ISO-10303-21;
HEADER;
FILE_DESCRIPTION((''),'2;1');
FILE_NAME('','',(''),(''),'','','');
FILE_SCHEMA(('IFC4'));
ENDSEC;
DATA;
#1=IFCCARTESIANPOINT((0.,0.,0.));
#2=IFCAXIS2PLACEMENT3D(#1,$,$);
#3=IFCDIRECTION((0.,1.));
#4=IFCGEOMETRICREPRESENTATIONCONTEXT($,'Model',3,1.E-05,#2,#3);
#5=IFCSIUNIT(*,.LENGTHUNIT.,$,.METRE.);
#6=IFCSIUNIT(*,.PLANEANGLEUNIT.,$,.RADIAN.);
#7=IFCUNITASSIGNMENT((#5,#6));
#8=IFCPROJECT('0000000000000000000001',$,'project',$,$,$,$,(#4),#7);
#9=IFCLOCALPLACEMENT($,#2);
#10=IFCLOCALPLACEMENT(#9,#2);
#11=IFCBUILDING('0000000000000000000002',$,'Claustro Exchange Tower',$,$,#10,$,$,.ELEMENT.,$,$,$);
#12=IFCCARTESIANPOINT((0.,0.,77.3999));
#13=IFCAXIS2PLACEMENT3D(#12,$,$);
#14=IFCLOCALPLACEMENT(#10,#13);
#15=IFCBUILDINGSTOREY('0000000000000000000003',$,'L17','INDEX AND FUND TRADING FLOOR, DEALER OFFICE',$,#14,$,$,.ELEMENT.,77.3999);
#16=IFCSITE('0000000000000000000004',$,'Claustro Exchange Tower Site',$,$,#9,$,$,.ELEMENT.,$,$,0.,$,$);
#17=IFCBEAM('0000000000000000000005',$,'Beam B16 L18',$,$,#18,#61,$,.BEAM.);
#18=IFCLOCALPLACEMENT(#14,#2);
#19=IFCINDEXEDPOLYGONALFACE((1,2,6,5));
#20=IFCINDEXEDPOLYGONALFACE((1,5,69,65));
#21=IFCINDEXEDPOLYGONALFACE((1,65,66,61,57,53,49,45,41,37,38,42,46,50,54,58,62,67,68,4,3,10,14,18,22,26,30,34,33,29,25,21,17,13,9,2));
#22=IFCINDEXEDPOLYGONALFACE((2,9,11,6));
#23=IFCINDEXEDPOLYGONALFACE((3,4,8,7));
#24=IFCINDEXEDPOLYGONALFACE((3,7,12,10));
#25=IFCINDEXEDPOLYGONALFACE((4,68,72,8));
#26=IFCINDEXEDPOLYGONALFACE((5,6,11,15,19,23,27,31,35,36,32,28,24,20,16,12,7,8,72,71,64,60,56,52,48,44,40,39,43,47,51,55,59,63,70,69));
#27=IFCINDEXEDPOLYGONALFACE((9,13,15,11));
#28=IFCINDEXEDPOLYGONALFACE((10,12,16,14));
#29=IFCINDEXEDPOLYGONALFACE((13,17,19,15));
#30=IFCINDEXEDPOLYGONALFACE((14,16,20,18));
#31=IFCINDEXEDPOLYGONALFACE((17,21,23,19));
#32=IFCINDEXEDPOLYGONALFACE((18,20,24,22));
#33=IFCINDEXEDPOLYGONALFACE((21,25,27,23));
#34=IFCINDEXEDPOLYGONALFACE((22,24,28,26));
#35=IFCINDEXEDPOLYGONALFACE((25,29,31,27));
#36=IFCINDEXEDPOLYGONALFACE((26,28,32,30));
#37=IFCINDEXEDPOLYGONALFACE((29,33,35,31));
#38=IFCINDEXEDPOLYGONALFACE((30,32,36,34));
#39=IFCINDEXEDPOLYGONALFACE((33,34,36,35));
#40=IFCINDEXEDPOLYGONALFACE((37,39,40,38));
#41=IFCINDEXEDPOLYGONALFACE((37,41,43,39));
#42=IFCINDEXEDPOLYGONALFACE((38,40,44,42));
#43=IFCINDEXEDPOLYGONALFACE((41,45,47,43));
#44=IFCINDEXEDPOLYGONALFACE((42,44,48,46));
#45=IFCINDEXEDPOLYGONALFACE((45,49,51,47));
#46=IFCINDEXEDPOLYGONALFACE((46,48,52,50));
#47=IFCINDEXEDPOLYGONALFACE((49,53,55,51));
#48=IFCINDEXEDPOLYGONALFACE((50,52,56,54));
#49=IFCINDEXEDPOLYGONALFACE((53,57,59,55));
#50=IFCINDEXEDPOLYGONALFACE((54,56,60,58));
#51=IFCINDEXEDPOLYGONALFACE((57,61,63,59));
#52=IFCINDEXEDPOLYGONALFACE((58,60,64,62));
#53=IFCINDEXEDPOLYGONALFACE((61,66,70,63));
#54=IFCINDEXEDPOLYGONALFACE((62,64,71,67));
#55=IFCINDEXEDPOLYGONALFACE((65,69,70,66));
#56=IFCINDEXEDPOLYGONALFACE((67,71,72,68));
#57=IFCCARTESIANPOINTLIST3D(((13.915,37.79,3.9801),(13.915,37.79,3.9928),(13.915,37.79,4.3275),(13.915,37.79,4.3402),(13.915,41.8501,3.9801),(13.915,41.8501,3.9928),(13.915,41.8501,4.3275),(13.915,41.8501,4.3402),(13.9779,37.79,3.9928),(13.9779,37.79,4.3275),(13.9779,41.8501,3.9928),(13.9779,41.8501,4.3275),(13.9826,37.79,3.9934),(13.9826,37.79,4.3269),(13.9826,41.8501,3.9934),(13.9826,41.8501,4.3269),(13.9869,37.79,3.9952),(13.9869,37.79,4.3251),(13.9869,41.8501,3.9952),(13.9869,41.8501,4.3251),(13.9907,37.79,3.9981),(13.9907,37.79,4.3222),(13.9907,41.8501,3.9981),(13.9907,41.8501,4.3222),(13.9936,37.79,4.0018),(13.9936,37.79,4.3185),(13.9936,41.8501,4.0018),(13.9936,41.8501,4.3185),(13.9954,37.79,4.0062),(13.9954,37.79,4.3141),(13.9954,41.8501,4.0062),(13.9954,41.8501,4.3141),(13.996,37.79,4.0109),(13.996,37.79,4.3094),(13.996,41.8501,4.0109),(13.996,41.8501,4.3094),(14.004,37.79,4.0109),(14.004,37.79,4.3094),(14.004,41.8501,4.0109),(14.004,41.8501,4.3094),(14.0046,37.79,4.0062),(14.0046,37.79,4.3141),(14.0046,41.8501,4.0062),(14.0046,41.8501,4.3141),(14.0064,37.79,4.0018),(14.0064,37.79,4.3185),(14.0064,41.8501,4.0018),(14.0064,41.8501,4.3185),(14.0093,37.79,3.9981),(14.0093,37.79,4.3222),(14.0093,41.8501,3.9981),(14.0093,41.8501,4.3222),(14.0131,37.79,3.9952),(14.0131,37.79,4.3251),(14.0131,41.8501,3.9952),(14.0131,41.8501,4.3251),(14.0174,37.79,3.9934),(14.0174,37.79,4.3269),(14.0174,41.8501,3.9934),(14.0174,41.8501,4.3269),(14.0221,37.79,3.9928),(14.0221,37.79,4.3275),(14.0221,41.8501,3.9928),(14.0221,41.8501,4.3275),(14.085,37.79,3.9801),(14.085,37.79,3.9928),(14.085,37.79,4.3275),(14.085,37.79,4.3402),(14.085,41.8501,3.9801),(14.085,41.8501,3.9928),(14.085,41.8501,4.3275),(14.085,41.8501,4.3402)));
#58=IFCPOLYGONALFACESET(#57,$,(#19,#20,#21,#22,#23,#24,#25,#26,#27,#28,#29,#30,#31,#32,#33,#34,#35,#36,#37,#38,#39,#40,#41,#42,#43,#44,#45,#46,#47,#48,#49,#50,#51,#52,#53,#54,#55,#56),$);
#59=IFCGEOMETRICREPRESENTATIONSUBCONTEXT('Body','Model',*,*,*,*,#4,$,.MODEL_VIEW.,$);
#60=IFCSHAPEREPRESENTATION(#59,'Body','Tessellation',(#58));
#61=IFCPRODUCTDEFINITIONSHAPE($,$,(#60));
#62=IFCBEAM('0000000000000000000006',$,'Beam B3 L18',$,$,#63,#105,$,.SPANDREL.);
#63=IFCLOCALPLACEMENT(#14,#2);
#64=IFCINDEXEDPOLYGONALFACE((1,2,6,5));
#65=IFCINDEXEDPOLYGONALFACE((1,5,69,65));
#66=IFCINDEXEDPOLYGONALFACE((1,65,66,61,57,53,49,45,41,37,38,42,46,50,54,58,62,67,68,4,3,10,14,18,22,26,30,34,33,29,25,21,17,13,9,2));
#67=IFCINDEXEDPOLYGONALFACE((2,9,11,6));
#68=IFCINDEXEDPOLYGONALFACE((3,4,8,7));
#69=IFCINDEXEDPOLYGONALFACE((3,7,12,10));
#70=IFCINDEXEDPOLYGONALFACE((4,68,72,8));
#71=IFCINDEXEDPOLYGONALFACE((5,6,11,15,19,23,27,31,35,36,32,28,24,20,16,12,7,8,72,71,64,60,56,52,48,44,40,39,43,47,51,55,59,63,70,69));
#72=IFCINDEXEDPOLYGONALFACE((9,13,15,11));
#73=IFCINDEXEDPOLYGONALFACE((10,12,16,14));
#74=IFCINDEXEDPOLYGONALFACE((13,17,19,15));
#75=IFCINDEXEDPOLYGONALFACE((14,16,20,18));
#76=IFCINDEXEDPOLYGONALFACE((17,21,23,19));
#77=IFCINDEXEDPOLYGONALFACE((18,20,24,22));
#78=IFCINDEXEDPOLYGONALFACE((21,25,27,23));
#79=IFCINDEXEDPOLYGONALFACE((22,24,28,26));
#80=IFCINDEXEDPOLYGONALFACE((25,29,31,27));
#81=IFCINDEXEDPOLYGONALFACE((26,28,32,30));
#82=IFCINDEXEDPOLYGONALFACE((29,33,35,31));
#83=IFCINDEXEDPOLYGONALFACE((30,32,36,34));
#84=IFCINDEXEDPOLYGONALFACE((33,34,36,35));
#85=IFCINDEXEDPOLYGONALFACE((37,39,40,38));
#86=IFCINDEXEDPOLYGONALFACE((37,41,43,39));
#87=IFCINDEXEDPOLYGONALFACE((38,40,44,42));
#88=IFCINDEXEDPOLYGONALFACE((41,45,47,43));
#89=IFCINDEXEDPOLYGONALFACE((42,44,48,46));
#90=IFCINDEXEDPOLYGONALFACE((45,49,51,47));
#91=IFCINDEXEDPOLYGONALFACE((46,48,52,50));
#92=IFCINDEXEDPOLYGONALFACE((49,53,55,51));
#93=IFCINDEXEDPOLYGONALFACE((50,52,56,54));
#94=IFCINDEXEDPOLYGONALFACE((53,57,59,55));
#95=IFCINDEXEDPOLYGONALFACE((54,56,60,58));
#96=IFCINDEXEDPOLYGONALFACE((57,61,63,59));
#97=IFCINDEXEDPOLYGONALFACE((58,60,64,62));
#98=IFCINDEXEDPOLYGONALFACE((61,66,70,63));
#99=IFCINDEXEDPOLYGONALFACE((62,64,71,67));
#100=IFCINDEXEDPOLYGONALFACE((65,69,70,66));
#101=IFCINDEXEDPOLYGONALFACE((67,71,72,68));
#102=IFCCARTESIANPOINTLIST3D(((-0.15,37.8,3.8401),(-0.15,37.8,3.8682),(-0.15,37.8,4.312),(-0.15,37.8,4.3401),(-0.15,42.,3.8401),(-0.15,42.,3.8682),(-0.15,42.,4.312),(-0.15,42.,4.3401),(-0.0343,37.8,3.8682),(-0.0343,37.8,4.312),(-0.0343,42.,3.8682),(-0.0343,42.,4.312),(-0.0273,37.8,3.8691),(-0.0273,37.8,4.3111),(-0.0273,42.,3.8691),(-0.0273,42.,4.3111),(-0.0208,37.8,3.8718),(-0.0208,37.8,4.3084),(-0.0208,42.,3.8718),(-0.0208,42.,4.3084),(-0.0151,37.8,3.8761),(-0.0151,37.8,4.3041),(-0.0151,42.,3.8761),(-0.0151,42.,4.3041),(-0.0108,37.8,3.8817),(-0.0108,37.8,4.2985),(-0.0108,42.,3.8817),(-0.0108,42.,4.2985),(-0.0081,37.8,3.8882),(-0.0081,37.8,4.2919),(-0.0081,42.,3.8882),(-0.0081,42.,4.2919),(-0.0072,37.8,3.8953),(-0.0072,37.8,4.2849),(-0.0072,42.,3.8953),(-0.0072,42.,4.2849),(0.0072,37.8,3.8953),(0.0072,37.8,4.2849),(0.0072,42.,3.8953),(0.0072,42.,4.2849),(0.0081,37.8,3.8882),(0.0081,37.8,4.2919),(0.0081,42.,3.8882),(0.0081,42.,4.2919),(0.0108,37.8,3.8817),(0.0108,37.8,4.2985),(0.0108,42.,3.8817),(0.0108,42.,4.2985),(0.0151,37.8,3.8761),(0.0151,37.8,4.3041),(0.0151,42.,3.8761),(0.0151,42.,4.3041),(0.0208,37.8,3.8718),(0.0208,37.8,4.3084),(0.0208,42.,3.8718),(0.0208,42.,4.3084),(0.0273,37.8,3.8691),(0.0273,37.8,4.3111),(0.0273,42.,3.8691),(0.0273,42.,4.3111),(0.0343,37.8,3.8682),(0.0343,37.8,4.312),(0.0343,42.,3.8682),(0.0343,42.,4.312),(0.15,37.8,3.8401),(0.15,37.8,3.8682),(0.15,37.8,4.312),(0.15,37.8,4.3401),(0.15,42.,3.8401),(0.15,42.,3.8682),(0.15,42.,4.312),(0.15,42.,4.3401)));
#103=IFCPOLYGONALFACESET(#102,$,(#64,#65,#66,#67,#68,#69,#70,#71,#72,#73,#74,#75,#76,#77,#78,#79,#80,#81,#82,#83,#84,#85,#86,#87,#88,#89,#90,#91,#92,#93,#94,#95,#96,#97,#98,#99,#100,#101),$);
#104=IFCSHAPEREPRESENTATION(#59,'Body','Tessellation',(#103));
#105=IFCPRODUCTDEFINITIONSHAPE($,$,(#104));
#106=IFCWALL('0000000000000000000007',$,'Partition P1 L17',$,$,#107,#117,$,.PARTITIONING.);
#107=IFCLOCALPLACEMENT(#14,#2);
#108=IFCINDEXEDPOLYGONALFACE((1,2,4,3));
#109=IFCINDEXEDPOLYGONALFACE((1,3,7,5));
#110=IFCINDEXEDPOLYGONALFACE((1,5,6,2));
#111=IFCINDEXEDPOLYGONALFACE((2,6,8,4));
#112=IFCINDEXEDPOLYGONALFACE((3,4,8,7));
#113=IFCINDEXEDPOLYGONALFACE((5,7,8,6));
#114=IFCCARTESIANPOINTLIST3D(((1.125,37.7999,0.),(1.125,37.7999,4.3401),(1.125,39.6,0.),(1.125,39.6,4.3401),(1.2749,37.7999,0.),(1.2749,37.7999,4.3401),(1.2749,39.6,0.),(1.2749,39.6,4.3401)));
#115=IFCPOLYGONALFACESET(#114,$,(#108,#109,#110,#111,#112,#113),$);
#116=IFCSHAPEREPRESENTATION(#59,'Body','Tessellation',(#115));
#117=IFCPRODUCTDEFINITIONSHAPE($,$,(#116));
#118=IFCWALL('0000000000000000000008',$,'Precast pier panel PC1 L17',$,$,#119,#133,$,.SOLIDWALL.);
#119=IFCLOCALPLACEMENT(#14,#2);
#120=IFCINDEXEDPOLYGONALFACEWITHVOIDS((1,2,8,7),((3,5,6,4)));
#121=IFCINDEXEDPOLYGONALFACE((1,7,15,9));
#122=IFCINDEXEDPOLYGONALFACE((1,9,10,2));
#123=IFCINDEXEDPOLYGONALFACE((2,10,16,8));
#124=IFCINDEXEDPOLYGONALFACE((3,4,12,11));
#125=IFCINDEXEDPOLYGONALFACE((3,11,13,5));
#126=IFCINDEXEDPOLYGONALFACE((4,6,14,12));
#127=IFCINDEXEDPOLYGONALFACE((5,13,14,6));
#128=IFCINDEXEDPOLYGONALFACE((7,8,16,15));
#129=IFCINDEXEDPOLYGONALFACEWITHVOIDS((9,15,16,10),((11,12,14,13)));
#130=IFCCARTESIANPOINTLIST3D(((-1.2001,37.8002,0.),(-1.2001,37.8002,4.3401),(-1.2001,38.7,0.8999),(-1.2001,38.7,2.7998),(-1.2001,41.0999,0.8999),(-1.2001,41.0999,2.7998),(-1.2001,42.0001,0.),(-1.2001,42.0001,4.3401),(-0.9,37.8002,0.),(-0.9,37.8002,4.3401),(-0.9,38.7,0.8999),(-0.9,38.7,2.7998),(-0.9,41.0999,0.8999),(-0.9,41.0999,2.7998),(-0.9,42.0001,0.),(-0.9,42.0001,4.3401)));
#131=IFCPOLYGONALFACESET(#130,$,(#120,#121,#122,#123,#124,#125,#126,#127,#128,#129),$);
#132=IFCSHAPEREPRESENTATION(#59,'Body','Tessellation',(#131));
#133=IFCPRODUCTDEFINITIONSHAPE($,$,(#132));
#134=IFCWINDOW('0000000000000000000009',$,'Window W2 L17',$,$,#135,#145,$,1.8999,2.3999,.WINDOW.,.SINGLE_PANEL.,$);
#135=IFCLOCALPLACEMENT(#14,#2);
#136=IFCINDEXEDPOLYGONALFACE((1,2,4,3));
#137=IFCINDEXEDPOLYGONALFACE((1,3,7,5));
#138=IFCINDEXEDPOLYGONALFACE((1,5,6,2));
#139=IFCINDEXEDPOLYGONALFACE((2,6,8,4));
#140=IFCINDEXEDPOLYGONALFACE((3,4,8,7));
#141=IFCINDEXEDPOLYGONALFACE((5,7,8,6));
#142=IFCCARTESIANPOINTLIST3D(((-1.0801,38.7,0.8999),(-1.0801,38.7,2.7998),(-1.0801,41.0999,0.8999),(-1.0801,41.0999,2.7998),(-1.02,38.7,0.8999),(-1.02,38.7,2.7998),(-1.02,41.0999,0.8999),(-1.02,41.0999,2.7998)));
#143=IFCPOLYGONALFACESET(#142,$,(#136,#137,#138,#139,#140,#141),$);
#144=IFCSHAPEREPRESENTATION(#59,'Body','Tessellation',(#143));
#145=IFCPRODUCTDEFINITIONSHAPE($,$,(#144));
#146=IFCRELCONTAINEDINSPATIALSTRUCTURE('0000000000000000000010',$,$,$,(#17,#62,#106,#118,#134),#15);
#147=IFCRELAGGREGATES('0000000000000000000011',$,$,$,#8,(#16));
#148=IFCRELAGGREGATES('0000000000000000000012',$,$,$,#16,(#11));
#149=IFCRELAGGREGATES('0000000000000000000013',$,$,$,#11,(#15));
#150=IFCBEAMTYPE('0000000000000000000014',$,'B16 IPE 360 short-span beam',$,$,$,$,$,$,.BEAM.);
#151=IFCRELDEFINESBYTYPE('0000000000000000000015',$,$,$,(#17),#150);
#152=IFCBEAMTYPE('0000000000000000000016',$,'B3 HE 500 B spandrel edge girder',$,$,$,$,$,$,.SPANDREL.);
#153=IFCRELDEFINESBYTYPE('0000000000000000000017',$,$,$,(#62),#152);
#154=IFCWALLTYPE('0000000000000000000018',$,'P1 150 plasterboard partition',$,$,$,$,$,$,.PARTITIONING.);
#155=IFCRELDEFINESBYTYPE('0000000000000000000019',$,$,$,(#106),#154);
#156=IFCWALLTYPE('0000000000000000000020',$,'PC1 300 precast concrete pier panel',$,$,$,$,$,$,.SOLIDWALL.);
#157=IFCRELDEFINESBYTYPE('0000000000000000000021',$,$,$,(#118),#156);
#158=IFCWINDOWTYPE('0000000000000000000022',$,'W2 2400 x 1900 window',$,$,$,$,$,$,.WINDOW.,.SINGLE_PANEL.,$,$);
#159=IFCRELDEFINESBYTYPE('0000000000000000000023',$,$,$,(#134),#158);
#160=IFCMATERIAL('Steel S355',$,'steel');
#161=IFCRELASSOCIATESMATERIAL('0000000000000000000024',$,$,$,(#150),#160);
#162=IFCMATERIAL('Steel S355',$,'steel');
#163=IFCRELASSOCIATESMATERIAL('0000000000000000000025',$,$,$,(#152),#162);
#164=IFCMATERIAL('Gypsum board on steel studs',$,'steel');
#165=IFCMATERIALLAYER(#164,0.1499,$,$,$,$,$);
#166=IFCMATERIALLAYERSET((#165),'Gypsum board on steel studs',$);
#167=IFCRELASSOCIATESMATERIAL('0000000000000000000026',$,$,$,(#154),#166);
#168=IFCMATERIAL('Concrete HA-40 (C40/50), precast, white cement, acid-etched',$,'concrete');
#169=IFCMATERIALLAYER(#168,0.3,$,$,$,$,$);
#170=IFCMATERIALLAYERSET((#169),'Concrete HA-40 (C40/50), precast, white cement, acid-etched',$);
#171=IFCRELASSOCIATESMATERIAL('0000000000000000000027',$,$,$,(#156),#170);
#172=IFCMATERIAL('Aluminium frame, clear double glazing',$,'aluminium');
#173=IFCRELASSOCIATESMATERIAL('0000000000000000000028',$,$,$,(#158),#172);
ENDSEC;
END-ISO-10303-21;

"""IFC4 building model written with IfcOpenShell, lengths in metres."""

from ifc_helpers import new_model, si_unit, direction, frame, frame_2d, origin, origin_2d, place, context, subcontext, project, spatial, rectangle, i_section, extrude, material, layer, layer_set, material_profile, profile_set, type_object, element, fill, save


model = new_model("IFC4")

# Units and contexts
model_context = context("Model", 3, precision=1e-05, world=origin(), true_north=direction((0.0, 1.0)))
body_context = subcontext(model_context, "Body", "Model", "MODEL_VIEW")
ifc_project = project(units=[si_unit("LENGTHUNIT", "METRE"), si_unit("PLANEANGLEUNIT", "RADIAN")], contexts=[model_context])

# Site, building, storey
site_placement = place(None, origin())
site = spatial("IfcSite", under=ifc_project, at=site_placement, Name="Claustro Exchange Tower Site", CompositionType="ELEMENT", RefElevation=0.0)
building_placement = place(site_placement, origin())
building = spatial("IfcBuilding", under=site, at=building_placement, Name="Claustro Exchange Tower", CompositionType="ELEMENT")
storey_placement = place(building_placement, frame((0.0, 0.0, 77.3999)))
storey = spatial("IfcBuildingStorey", under=building, at=storey_placement, Name="L17", Description="INDEX AND FUND TRADING FLOOR, DEALER OFFICE", CompositionType="ELEMENT", Elevation=77.3999)

# Beams
ifc_material_1 = material(Name="Steel S355", Category="steel")
ifc_material_profile_1 = material_profile(ifc_material_1, i_section(OverallWidth=0.1699, OverallDepth=0.3601, WebThickness=0.0081, FlangeThickness=0.0127, FilletRadius=0.0181, at=origin_2d()), Name="IPE 360")
ifc_profile_set_1 = profile_set([ifc_material_profile_1], Name="Steel S355")
beam_type_1 = type_object("IfcBeamType", Name="B16 IPE 360 short-span beam", PredefinedType="BEAM", material=ifc_profile_set_1)
for number, where, z_axis, x_axis, name in (
    (1, (14.0, 37.79, 4.1602), (0.0, 1.0, 0.0), (-1.0, 0.0, 0.0), "Beam B16 L18"),
):
    element("IfcBeam", number, at=place(storey_placement, frame(where, z_axis=z_axis, x_axis=x_axis)), inside=storey, type_object=beam_type_1, Name=name, PredefinedType="BEAM", context=body_context, shape_type="SweptSolid", body=[
        extrude(i_section(OverallWidth=0.1699, OverallDepth=0.3601, WebThickness=0.0081, FlangeThickness=0.0127, FilletRadius=0.0181, at=origin_2d()), origin(), (0.0, 0.0, 1.0), 4.0601),
    ])
ifc_material_2 = material(Name="Steel S355", Category="steel")
ifc_material_profile_2 = material_profile(ifc_material_2, i_section(OverallWidth=0.3, OverallDepth=0.5, WebThickness=0.0144, FlangeThickness=0.0281, FilletRadius=0.0271, at=origin_2d()), Name="HE 500 B")
ifc_profile_set_2 = profile_set([ifc_material_profile_2], Name="Steel S355")
beam_type_2 = type_object("IfcBeamType", Name="B3 HE 500 B spandrel edge girder", PredefinedType="SPANDREL", material=ifc_profile_set_2)
beam_1_placement = place(storey_placement, frame((0.0, 37.8, 4.0901), z_axis=(0.0, 1.0, 0.0), x_axis=(-1.0, 0.0, 0.0)))
element("IfcBeam", 2, at=beam_1_placement, inside=storey, type_object=beam_type_2, Name="Beam B3 L18", PredefinedType="SPANDREL", context=body_context, shape_type="SweptSolid", body=[
    extrude(i_section(OverallWidth=0.3, OverallDepth=0.5, WebThickness=0.0144, FlangeThickness=0.0281, FilletRadius=0.0271, at=origin_2d()), origin(), (0.0, 0.0, 1.0), 4.2),
])

# Wall
ifc_material_3 = material(Name="Gypsum board on steel studs", Category="steel")
ifc_layer_1 = layer(ifc_material_3, 0.1499)
ifc_layer_set_1 = layer_set([ifc_layer_1], Name="Gypsum board on steel studs")
wall_type_1 = type_object("IfcWallType", Name="P1 150 plasterboard partition", PredefinedType="PARTITIONING", material=ifc_layer_set_1)
wall_1_placement = place(storey_placement, frame((1.2, 37.8, 0.0), z_axis=(0.0, 0.0, 1.0), x_axis=(0.0, 1.0, 0.0)))
element("IfcWall", 3, at=wall_1_placement, inside=storey, type_object=wall_type_1, Name="Partition P1 L17", PredefinedType="PARTITIONING", context=body_context, shape_type="SweptSolid", body=[
    extrude(rectangle(XDim=1.8, YDim=0.1499, at=frame_2d((0.8999, 0.0))), origin(), (0.0, 0.0, 1.0), 4.3401),
])

# Wall, opening, window
ifc_material_4 = material(Name="Concrete HA-40 (C40/50), precast, white cement, acid-etched", Category="concrete")
ifc_layer_2 = layer(ifc_material_4, 0.3)
ifc_layer_set_2 = layer_set([ifc_layer_2], Name="Concrete HA-40 (C40/50), precast, white cement, acid-etched")
wall_type_2 = type_object("IfcWallType", Name="PC1 300 precast concrete pier panel", PredefinedType="SOLIDWALL", material=ifc_layer_set_2)
wall_2_placement = place(storey_placement, frame((-1.05, 37.8, 0.0), z_axis=(0.0, 0.0, 1.0), x_axis=(0.0, 1.0, 0.0)))
wall_2 = element("IfcWall", 4, at=wall_2_placement, inside=storey, type_object=wall_type_2, Name="Precast pier panel PC1 L17", PredefinedType="SOLIDWALL", context=body_context, shape_type="SweptSolid", body=[
    extrude(rectangle(XDim=4.2, YDim=0.3, at=frame_2d((2.1001, 0.0))), origin(), (0.0, 0.0, 1.0), 4.3401),
])
opening_1_placement = place(wall_2_placement, frame((0.8999, 0.0, 0.8999)))
opening_1 = element("IfcOpeningElement", 5, at=opening_1_placement, cuts=wall_2, PredefinedType="OPENING", context=body_context, shape_type="SweptSolid", body=[
    extrude(rectangle(XDim=2.3999, YDim=1.8999, at=frame_2d((1.2, 0.95))), frame((0.0, 0.1599, 0.0), z_axis=(0.0, -1.0, 0.0), x_axis=(1.0, 0.0, 0.0)), (0.0, 0.0, 1.0), 0.3201),
])
ifc_material_5 = material(Name="Aluminium frame, clear double glazing", Category="aluminium")
window_type = type_object("IfcWindowType", Name="W2 2400 x 1900 window", PartitioningType="SINGLE_PANEL", PredefinedType="WINDOW", material=ifc_material_5)
window_1_placement = place(opening_1_placement, origin())
window_1 = element("IfcWindow", 6, at=window_1_placement, inside=storey, type_object=window_type, Name="Window W2 L17", OverallHeight=1.8999, OverallWidth=2.3999, PartitioningType="SINGLE_PANEL", PredefinedType="WINDOW", context=body_context, shape_type="SweptSolid", body=[
    extrude(rectangle(XDim=2.3999, YDim=1.8999, at=frame_2d((1.2, 0.95))), frame((0.0, 0.03, 0.0), z_axis=(0.0, -1.0, 0.0), x_axis=(1.0, 0.0, 0.0)), (0.0, 0.0, 1.0), 0.0601),
])
fill(opening_1, window_1)

save(model, "model.ifc")
